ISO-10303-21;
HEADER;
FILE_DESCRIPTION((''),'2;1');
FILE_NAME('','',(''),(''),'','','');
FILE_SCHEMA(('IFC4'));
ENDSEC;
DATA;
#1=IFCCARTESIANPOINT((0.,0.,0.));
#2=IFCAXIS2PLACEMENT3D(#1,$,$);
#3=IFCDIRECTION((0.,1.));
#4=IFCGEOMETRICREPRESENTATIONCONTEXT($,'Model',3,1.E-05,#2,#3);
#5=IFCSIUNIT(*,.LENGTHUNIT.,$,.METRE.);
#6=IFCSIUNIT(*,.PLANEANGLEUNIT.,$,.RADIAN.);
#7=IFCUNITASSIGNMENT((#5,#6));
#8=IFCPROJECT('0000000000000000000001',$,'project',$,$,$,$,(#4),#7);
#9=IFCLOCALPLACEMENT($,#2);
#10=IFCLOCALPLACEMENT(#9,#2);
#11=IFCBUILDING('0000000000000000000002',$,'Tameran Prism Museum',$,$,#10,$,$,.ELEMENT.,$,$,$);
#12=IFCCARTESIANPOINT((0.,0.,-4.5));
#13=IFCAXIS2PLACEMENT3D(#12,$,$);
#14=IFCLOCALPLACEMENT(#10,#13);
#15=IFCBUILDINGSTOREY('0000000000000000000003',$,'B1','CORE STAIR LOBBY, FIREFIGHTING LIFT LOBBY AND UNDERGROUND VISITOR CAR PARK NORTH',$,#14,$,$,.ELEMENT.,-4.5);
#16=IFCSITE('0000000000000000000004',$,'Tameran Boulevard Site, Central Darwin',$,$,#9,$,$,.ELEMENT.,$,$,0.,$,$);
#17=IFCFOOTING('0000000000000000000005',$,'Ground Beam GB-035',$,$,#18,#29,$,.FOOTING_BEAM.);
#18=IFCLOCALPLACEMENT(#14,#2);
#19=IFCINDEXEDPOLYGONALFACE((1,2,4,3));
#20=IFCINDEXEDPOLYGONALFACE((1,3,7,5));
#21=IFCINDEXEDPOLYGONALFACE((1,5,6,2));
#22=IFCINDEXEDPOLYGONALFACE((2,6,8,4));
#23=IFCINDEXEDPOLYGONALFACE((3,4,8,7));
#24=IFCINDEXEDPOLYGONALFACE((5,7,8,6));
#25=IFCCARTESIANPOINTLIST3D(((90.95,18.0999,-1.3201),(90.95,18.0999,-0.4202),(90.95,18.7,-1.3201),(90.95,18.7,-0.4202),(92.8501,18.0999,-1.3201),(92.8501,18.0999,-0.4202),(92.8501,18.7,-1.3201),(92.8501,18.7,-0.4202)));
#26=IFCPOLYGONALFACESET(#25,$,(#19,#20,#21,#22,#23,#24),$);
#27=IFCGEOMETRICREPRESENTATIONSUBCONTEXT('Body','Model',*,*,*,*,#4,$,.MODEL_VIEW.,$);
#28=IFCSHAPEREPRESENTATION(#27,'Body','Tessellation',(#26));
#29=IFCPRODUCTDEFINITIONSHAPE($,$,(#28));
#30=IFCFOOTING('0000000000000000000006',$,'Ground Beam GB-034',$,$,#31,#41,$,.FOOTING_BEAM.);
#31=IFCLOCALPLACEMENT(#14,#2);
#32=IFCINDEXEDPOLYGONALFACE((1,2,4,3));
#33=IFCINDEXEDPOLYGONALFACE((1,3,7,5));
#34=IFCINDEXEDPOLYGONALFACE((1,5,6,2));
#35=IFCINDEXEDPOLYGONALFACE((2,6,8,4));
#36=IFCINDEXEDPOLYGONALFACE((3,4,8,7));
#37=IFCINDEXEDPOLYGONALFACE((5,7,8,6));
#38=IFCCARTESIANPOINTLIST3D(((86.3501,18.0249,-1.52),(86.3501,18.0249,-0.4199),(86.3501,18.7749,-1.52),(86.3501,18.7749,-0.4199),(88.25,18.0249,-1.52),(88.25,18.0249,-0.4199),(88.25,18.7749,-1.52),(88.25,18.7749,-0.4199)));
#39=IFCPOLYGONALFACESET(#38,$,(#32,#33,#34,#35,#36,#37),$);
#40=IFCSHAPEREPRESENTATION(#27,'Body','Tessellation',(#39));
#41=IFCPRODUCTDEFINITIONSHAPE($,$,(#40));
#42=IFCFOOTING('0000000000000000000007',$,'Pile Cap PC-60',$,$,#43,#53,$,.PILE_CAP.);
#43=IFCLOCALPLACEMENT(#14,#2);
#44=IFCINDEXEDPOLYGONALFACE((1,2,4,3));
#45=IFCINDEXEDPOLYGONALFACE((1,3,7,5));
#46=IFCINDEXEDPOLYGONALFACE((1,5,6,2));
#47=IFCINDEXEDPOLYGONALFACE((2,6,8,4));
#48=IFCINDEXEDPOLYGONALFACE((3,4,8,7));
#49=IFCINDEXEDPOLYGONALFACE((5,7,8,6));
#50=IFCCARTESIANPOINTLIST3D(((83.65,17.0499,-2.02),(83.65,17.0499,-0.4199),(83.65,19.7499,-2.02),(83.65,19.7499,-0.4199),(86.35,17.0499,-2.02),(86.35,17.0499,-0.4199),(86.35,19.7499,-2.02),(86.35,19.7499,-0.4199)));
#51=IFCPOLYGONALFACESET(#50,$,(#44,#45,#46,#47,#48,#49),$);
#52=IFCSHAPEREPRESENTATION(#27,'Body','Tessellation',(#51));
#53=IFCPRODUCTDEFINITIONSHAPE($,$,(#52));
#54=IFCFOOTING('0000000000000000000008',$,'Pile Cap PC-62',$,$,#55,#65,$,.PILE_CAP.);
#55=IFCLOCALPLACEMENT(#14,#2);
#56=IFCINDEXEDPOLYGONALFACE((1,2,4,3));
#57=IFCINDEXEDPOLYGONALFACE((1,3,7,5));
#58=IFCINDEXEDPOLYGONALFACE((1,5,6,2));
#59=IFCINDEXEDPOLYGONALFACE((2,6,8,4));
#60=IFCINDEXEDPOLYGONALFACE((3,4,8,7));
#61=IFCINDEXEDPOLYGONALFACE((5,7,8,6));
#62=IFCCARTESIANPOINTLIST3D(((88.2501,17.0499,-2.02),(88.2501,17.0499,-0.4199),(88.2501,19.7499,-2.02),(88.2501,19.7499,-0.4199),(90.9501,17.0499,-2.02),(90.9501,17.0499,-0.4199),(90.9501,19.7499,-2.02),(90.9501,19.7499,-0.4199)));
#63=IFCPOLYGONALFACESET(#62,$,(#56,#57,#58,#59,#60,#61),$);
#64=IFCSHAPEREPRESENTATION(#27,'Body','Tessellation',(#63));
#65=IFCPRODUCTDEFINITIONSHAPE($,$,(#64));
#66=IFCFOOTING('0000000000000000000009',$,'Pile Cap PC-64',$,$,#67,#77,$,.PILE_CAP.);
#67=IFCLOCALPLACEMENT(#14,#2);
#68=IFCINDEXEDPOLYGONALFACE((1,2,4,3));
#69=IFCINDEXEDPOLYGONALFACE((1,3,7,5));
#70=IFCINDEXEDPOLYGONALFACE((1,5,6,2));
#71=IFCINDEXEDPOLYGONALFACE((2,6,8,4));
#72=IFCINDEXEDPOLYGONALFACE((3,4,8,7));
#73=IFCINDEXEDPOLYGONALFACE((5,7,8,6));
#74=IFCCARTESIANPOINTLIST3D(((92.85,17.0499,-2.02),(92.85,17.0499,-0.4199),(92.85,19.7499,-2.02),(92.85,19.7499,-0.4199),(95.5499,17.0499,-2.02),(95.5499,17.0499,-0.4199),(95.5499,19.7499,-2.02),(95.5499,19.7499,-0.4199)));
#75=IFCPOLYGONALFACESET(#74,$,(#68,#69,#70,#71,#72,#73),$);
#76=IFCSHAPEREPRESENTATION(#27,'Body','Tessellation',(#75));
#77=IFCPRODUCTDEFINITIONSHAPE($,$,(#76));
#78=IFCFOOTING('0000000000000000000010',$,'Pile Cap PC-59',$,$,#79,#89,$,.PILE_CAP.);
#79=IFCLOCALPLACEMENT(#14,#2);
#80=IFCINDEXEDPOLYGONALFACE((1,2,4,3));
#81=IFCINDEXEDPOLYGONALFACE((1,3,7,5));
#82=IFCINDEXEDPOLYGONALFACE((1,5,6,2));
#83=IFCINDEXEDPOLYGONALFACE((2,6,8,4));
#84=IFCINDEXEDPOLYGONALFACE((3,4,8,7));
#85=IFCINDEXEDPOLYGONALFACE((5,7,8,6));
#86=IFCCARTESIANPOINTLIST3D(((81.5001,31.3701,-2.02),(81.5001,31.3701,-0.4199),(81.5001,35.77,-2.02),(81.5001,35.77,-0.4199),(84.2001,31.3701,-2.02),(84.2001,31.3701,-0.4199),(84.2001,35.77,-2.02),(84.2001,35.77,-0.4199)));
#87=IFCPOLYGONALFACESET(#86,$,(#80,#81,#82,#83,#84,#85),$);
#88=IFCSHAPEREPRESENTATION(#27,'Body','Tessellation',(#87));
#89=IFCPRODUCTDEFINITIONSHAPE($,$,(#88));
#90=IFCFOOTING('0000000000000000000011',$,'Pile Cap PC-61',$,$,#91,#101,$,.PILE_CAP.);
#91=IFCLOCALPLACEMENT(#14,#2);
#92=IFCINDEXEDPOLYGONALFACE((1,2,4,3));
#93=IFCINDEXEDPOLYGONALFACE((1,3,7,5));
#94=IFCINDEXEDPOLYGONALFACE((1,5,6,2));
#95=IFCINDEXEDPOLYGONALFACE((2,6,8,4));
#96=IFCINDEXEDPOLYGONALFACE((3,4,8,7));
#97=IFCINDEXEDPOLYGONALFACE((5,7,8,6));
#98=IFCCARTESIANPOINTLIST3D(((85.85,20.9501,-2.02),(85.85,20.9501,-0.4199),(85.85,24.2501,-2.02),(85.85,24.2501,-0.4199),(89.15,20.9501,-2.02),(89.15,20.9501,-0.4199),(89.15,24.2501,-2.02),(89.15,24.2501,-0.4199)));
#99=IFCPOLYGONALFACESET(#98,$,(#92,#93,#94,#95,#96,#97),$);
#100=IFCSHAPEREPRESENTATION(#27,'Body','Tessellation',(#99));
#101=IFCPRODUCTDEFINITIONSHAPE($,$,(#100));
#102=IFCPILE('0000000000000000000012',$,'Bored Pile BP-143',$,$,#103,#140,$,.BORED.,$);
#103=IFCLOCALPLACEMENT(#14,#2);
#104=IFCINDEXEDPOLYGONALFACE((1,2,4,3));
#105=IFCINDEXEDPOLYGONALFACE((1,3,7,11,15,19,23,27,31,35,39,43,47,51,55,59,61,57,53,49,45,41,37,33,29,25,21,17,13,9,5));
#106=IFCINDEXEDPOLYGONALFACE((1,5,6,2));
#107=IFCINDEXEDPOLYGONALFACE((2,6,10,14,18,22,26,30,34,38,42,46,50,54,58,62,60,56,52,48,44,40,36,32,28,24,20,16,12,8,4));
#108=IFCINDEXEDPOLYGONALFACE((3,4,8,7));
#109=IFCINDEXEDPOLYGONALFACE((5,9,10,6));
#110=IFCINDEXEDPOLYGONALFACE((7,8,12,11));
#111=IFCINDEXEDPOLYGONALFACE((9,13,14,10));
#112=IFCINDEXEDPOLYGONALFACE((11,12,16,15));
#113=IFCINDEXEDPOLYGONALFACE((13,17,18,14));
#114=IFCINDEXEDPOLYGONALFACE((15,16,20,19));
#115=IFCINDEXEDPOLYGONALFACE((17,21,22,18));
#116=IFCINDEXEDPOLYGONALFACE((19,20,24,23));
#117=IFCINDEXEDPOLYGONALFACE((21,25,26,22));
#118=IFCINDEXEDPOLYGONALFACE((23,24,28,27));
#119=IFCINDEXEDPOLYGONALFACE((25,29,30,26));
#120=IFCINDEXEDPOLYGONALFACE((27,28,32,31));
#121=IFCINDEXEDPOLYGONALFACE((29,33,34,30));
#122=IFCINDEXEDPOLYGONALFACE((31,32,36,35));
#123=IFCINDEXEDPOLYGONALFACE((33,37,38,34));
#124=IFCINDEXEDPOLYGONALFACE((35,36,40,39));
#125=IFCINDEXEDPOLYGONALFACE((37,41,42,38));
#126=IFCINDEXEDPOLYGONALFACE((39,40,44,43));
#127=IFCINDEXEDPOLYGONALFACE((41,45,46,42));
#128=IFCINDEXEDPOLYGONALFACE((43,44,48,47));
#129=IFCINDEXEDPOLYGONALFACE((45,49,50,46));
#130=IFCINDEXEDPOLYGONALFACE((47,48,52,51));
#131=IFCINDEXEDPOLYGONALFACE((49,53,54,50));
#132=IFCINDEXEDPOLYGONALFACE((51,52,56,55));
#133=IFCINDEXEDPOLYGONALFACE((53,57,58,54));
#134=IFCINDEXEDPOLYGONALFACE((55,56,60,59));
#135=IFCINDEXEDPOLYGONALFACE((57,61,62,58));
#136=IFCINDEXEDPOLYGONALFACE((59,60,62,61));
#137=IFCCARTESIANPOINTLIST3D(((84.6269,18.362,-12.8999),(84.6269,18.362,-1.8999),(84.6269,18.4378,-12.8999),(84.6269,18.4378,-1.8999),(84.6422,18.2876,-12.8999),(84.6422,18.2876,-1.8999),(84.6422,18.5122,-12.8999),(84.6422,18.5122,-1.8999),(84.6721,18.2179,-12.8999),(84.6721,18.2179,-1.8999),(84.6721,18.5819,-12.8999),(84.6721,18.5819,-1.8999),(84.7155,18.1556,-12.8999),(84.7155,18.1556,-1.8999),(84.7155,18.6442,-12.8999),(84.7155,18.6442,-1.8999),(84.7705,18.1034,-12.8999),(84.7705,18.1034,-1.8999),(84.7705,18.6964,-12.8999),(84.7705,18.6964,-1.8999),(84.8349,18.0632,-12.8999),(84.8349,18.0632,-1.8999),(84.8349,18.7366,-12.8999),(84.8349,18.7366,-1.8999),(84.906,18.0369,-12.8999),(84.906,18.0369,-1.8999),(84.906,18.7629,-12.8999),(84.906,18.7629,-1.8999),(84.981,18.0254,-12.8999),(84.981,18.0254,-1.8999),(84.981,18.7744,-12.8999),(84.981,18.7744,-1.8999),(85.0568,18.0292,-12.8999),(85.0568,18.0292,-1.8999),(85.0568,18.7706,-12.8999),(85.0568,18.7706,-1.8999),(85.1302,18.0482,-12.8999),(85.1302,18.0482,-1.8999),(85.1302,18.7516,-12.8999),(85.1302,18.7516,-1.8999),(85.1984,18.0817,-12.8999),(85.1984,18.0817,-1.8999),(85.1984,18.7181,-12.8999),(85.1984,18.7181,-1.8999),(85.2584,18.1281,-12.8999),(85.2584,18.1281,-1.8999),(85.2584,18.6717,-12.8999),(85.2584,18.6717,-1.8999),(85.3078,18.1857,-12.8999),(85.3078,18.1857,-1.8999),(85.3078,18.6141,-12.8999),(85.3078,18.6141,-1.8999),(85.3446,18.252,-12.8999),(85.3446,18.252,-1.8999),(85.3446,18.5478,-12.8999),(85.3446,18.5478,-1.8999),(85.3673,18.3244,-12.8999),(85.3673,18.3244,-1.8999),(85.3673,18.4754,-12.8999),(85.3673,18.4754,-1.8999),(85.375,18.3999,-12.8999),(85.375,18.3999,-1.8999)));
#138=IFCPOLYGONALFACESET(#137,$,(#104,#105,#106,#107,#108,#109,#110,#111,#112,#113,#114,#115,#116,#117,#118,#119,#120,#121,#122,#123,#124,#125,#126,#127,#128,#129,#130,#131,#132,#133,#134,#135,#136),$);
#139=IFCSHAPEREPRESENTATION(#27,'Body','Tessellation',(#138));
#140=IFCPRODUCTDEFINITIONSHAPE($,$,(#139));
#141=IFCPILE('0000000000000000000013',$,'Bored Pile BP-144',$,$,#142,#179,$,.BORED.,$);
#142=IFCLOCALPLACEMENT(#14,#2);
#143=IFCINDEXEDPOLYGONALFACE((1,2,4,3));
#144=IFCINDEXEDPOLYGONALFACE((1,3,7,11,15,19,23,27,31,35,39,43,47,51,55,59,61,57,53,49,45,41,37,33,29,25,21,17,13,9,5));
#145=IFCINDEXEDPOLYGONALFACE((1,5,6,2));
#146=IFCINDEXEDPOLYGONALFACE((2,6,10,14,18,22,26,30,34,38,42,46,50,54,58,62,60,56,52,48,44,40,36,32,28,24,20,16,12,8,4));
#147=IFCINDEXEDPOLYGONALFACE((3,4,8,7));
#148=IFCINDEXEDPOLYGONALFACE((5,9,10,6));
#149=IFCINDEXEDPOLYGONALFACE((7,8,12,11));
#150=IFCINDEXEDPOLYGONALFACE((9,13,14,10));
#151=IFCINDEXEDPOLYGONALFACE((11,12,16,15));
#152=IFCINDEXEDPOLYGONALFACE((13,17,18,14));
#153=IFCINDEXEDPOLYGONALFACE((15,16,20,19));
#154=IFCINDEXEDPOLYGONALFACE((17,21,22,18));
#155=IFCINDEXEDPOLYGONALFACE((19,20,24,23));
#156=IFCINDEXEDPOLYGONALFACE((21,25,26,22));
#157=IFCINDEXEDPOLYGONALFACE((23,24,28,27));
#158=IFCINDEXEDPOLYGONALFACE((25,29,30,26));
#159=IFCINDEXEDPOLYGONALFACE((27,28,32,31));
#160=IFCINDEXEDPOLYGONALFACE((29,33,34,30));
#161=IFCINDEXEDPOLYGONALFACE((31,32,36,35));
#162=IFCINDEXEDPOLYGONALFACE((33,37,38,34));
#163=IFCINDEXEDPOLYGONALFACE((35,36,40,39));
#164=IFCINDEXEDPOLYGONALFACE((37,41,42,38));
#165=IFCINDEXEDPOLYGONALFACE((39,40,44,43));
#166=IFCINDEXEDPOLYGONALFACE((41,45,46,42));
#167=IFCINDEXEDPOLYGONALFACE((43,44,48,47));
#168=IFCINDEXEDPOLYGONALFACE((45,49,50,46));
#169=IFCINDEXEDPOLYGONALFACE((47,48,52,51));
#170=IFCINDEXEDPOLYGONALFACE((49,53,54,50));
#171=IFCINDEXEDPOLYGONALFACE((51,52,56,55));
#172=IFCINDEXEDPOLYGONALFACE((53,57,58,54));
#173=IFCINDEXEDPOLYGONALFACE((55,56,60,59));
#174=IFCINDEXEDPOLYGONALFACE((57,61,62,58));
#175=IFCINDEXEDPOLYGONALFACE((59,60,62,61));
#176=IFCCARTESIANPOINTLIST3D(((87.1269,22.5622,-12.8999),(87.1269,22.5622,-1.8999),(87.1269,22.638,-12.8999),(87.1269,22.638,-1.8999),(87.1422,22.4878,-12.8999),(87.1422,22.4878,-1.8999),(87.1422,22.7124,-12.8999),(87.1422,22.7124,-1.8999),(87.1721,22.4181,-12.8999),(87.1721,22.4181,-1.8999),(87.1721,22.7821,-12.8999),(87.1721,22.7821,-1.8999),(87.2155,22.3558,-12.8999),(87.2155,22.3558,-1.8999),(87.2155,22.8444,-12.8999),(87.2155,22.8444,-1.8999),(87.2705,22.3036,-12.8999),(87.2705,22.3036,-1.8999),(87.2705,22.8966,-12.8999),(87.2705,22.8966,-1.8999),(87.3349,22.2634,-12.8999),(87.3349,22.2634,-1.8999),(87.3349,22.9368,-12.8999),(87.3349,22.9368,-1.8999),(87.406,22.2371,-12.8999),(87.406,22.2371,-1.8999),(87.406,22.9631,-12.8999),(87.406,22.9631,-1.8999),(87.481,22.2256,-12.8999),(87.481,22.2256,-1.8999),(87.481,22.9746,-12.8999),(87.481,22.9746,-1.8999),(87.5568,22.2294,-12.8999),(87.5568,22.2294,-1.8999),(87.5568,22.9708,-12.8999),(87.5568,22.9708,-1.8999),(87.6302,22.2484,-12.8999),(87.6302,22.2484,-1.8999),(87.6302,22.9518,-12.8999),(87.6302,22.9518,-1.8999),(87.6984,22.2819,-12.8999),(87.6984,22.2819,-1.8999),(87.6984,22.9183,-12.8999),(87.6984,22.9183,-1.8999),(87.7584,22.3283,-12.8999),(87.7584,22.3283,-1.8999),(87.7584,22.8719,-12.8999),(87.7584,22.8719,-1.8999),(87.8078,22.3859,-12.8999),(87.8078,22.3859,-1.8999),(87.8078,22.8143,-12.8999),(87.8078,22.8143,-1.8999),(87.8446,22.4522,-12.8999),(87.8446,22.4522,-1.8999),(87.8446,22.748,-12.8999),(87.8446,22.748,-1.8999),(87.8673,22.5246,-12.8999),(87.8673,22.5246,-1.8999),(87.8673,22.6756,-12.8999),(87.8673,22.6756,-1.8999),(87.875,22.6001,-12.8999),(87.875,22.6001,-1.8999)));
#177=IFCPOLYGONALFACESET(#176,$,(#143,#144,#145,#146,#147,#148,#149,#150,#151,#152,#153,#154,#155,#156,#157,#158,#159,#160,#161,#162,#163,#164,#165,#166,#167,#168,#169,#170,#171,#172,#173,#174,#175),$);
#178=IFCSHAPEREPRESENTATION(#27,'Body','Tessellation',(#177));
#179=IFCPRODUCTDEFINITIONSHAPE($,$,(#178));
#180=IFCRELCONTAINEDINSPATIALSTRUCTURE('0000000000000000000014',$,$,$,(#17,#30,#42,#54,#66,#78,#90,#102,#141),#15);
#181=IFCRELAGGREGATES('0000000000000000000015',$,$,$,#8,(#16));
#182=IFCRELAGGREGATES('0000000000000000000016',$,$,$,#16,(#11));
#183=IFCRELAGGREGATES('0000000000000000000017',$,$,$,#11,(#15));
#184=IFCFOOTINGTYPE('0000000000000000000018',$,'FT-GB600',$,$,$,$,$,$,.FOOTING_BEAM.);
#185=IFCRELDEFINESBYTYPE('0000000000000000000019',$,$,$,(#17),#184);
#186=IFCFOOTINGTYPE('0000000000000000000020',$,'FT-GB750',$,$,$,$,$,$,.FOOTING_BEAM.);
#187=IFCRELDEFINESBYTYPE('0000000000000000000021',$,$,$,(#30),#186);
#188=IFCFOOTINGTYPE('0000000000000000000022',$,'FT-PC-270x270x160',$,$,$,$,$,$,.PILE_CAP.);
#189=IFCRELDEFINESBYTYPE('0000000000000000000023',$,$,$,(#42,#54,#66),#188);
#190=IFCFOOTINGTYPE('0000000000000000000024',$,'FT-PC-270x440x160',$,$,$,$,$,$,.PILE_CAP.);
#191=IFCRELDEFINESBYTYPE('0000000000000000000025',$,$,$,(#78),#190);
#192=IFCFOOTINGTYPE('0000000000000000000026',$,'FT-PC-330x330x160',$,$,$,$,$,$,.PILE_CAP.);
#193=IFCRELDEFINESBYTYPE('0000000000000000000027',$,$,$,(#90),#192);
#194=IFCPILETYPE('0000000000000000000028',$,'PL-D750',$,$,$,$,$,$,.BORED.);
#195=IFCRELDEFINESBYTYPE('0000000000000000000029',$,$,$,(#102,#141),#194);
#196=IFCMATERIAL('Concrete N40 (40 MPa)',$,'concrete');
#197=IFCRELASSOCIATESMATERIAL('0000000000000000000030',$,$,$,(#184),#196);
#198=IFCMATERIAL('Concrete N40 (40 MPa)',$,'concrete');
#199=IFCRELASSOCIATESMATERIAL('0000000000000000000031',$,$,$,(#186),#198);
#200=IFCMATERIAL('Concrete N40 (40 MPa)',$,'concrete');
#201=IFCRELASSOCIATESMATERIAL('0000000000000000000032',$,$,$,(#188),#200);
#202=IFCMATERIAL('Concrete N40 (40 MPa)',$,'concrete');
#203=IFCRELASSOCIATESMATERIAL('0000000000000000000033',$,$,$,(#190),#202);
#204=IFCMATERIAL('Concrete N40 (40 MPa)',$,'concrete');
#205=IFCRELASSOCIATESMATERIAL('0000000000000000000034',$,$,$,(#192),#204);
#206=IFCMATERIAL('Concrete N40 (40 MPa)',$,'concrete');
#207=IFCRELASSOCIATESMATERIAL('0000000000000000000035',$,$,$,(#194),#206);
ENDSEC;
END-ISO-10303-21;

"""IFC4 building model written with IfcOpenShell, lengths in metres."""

from ifc_helpers import new_model, si_unit, direction, frame, origin, origin_2d, place, context, subcontext, project, spatial, rectangle, circle, extrude, material, material_profile, profile_set, type_object, element, save


model = new_model("IFC4")

# Units and contexts
model_context = context("Model", 3, precision=1e-05, world=origin(), true_north=direction((0.0, 1.0)))
body_context = subcontext(model_context, "Body", "Model", "MODEL_VIEW")
ifc_project = project(units=[si_unit("LENGTHUNIT", "METRE"), si_unit("PLANEANGLEUNIT", "RADIAN")], contexts=[model_context])

# Site, building, storey
site_placement = place(None, origin())
site = spatial("IfcSite", under=ifc_project, at=site_placement, Name="Tameran Boulevard Site, Central Darwin", CompositionType="ELEMENT", RefElevation=0.0)
building_placement = place(site_placement, origin())
building = spatial("IfcBuilding", under=site, at=building_placement, Name="Tameran Prism Museum", CompositionType="ELEMENT")
storey_placement = place(building_placement, frame((0.0, 0.0, -4.5)))
storey = spatial("IfcBuildingStorey", under=building, at=storey_placement, Name="B1", Description="CORE STAIR LOBBY, FIREFIGHTING LIFT LOBBY AND UNDERGROUND VISITOR CAR PARK NORTH", CompositionType="ELEMENT", Elevation=-4.5)

# Footings
ifc_material_1 = material(Name="Concrete N40 (40 MPa)", Category="concrete")
ifc_material_profile_1 = material_profile(ifc_material_1, rectangle(XDim=0.6001, YDim=0.8999, at=origin_2d()))
ifc_profile_set_1 = profile_set([ifc_material_profile_1])
footing_type_1 = type_object("IfcFootingType", Name="FT-GB600", PredefinedType="FOOTING_BEAM", material=ifc_profile_set_1)
footing_1_placement = place(storey_placement, frame((90.95, 18.3999, -0.8701), z_axis=(1.0, 0.0, 0.0), x_axis=(0.0, 1.0, 0.0)))
element("IfcFooting", 1, at=footing_1_placement, inside=storey, type_object=footing_type_1, Name="Ground Beam GB-035", PredefinedType="FOOTING_BEAM", context=body_context, shape_type="SweptSolid", body=[
    extrude(rectangle(XDim=0.6001, YDim=0.8999, at=origin_2d()), origin(), (0.0, 0.0, 1.0), 1.9001),
])
ifc_material_2 = material(Name="Concrete N40 (40 MPa)", Category="concrete")
ifc_material_profile_2 = material_profile(ifc_material_2, rectangle(XDim=0.75, YDim=1.1001, at=origin_2d()))
ifc_profile_set_2 = profile_set([ifc_material_profile_2])
footing_type_2 = type_object("IfcFootingType", Name="FT-GB750", PredefinedType="FOOTING_BEAM", material=ifc_profile_set_2)
footing_2_placement = place(storey_placement, frame((86.3501, 18.3999, -0.97), z_axis=(1.0, 0.0, 0.0), x_axis=(0.0, 1.0, 0.0)))
element("IfcFooting", 2, at=footing_2_placement, inside=storey, type_object=footing_type_2, Name="Ground Beam GB-034", PredefinedType="FOOTING_BEAM", context=body_context, shape_type="SweptSolid", body=[
    extrude(rectangle(XDim=0.75, YDim=1.1001, at=origin_2d()), origin(), (0.0, 0.0, 1.0), 1.8999),
])
ifc_material_3 = material(Name="Concrete N40 (40 MPa)", Category="concrete")
footing_type_3 = type_object("IfcFootingType", Name="FT-PC-270x270x160", PredefinedType="PILE_CAP", material=ifc_material_3)
for number, where, z_axis, x_axis, name in (
    (3, (85.0, 18.3999, -2.02), (0.0, 0.0, 1.0), (1.0, 0.0, 0.0), "Pile Cap PC-60"),
    (4, (89.6001, 18.3999, -2.02), (0.0, 0.0, 1.0), (1.0, 0.0, 0.0), "Pile Cap PC-62"),
    (5, (94.2, 18.3999, -2.02), (0.0, 0.0, 1.0), (1.0, 0.0, 0.0), "Pile Cap PC-64"),
):
    element("IfcFooting", number, at=place(storey_placement, frame(where, z_axis=z_axis, x_axis=x_axis)), inside=storey, type_object=footing_type_3, Name=name, PredefinedType="PILE_CAP", context=body_context, shape_type="SweptSolid", body=[
        extrude(rectangle(XDim=2.7, YDim=2.7, at=origin_2d()), origin(), (0.0, 0.0, 1.0), 1.6001),
    ])
ifc_material_4 = material(Name="Concrete N40 (40 MPa)", Category="concrete")
footing_type_4 = type_object("IfcFootingType", Name="FT-PC-270x440x160", PredefinedType="PILE_CAP", material=ifc_material_4)
footing_3_placement = place(storey_placement, frame((82.8501, 33.5701, -2.02), z_axis=(0.0, 0.0, 1.0), x_axis=(1.0, 0.0, 0.0)))
element("IfcFooting", 6, at=footing_3_placement, inside=storey, type_object=footing_type_4, Name="Pile Cap PC-59", PredefinedType="PILE_CAP", context=body_context, shape_type="SweptSolid", body=[
    extrude(rectangle(XDim=2.7, YDim=4.3999, at=origin_2d()), origin(), (0.0, 0.0, 1.0), 1.6001),
])
ifc_material_5 = material(Name="Concrete N40 (40 MPa)", Category="concrete")
footing_type_5 = type_object("IfcFootingType", Name="FT-PC-330x330x160", PredefinedType="PILE_CAP", material=ifc_material_5)
footing_4_placement = place(storey_placement, frame((87.5, 22.6001, -2.02), z_axis=(0.0, 0.0, 1.0), x_axis=(1.0, 0.0, 0.0)))
element("IfcFooting", 7, at=footing_4_placement, inside=storey, type_object=footing_type_5, Name="Pile Cap PC-61", PredefinedType="PILE_CAP", context=body_context, shape_type="SweptSolid", body=[
    extrude(rectangle(XDim=3.3, YDim=3.3, at=origin_2d()), origin(), (0.0, 0.0, 1.0), 1.6001),
])

# Piles
ifc_material_6 = material(Name="Concrete N40 (40 MPa)", Category="concrete")
ifc_material_profile_3 = material_profile(ifc_material_6, circle(Radius=0.375, at=origin_2d()))
ifc_profile_set_3 = profile_set([ifc_material_profile_3])
pile_type_1 = type_object("IfcPileType", Name="PL-D750", PredefinedType="BORED", material=ifc_profile_set_3)
for number, where, z_axis, x_axis, name in (
    (8, (85.0, 18.3999, -1.8999), (0.0, 0.0, -1.0), (1.0, 0.0, 0.0), "Bored Pile BP-143"),
    (9, (87.5, 22.6001, -1.8999), (0.0, 0.0, -1.0), (1.0, 0.0, 0.0), "Bored Pile BP-144"),
):
    element("IfcPile", number, at=place(storey_placement, frame(where, z_axis=z_axis, x_axis=x_axis)), inside=storey, type_object=pile_type_1, Name=name, PredefinedType="BORED", context=body_context, shape_type="SweptSolid", body=[
        extrude(circle(Radius=0.375, at=origin_2d()), origin(), (0.0, 0.0, 1.0), 11.0),
    ])

save(model, "model.ifc")
